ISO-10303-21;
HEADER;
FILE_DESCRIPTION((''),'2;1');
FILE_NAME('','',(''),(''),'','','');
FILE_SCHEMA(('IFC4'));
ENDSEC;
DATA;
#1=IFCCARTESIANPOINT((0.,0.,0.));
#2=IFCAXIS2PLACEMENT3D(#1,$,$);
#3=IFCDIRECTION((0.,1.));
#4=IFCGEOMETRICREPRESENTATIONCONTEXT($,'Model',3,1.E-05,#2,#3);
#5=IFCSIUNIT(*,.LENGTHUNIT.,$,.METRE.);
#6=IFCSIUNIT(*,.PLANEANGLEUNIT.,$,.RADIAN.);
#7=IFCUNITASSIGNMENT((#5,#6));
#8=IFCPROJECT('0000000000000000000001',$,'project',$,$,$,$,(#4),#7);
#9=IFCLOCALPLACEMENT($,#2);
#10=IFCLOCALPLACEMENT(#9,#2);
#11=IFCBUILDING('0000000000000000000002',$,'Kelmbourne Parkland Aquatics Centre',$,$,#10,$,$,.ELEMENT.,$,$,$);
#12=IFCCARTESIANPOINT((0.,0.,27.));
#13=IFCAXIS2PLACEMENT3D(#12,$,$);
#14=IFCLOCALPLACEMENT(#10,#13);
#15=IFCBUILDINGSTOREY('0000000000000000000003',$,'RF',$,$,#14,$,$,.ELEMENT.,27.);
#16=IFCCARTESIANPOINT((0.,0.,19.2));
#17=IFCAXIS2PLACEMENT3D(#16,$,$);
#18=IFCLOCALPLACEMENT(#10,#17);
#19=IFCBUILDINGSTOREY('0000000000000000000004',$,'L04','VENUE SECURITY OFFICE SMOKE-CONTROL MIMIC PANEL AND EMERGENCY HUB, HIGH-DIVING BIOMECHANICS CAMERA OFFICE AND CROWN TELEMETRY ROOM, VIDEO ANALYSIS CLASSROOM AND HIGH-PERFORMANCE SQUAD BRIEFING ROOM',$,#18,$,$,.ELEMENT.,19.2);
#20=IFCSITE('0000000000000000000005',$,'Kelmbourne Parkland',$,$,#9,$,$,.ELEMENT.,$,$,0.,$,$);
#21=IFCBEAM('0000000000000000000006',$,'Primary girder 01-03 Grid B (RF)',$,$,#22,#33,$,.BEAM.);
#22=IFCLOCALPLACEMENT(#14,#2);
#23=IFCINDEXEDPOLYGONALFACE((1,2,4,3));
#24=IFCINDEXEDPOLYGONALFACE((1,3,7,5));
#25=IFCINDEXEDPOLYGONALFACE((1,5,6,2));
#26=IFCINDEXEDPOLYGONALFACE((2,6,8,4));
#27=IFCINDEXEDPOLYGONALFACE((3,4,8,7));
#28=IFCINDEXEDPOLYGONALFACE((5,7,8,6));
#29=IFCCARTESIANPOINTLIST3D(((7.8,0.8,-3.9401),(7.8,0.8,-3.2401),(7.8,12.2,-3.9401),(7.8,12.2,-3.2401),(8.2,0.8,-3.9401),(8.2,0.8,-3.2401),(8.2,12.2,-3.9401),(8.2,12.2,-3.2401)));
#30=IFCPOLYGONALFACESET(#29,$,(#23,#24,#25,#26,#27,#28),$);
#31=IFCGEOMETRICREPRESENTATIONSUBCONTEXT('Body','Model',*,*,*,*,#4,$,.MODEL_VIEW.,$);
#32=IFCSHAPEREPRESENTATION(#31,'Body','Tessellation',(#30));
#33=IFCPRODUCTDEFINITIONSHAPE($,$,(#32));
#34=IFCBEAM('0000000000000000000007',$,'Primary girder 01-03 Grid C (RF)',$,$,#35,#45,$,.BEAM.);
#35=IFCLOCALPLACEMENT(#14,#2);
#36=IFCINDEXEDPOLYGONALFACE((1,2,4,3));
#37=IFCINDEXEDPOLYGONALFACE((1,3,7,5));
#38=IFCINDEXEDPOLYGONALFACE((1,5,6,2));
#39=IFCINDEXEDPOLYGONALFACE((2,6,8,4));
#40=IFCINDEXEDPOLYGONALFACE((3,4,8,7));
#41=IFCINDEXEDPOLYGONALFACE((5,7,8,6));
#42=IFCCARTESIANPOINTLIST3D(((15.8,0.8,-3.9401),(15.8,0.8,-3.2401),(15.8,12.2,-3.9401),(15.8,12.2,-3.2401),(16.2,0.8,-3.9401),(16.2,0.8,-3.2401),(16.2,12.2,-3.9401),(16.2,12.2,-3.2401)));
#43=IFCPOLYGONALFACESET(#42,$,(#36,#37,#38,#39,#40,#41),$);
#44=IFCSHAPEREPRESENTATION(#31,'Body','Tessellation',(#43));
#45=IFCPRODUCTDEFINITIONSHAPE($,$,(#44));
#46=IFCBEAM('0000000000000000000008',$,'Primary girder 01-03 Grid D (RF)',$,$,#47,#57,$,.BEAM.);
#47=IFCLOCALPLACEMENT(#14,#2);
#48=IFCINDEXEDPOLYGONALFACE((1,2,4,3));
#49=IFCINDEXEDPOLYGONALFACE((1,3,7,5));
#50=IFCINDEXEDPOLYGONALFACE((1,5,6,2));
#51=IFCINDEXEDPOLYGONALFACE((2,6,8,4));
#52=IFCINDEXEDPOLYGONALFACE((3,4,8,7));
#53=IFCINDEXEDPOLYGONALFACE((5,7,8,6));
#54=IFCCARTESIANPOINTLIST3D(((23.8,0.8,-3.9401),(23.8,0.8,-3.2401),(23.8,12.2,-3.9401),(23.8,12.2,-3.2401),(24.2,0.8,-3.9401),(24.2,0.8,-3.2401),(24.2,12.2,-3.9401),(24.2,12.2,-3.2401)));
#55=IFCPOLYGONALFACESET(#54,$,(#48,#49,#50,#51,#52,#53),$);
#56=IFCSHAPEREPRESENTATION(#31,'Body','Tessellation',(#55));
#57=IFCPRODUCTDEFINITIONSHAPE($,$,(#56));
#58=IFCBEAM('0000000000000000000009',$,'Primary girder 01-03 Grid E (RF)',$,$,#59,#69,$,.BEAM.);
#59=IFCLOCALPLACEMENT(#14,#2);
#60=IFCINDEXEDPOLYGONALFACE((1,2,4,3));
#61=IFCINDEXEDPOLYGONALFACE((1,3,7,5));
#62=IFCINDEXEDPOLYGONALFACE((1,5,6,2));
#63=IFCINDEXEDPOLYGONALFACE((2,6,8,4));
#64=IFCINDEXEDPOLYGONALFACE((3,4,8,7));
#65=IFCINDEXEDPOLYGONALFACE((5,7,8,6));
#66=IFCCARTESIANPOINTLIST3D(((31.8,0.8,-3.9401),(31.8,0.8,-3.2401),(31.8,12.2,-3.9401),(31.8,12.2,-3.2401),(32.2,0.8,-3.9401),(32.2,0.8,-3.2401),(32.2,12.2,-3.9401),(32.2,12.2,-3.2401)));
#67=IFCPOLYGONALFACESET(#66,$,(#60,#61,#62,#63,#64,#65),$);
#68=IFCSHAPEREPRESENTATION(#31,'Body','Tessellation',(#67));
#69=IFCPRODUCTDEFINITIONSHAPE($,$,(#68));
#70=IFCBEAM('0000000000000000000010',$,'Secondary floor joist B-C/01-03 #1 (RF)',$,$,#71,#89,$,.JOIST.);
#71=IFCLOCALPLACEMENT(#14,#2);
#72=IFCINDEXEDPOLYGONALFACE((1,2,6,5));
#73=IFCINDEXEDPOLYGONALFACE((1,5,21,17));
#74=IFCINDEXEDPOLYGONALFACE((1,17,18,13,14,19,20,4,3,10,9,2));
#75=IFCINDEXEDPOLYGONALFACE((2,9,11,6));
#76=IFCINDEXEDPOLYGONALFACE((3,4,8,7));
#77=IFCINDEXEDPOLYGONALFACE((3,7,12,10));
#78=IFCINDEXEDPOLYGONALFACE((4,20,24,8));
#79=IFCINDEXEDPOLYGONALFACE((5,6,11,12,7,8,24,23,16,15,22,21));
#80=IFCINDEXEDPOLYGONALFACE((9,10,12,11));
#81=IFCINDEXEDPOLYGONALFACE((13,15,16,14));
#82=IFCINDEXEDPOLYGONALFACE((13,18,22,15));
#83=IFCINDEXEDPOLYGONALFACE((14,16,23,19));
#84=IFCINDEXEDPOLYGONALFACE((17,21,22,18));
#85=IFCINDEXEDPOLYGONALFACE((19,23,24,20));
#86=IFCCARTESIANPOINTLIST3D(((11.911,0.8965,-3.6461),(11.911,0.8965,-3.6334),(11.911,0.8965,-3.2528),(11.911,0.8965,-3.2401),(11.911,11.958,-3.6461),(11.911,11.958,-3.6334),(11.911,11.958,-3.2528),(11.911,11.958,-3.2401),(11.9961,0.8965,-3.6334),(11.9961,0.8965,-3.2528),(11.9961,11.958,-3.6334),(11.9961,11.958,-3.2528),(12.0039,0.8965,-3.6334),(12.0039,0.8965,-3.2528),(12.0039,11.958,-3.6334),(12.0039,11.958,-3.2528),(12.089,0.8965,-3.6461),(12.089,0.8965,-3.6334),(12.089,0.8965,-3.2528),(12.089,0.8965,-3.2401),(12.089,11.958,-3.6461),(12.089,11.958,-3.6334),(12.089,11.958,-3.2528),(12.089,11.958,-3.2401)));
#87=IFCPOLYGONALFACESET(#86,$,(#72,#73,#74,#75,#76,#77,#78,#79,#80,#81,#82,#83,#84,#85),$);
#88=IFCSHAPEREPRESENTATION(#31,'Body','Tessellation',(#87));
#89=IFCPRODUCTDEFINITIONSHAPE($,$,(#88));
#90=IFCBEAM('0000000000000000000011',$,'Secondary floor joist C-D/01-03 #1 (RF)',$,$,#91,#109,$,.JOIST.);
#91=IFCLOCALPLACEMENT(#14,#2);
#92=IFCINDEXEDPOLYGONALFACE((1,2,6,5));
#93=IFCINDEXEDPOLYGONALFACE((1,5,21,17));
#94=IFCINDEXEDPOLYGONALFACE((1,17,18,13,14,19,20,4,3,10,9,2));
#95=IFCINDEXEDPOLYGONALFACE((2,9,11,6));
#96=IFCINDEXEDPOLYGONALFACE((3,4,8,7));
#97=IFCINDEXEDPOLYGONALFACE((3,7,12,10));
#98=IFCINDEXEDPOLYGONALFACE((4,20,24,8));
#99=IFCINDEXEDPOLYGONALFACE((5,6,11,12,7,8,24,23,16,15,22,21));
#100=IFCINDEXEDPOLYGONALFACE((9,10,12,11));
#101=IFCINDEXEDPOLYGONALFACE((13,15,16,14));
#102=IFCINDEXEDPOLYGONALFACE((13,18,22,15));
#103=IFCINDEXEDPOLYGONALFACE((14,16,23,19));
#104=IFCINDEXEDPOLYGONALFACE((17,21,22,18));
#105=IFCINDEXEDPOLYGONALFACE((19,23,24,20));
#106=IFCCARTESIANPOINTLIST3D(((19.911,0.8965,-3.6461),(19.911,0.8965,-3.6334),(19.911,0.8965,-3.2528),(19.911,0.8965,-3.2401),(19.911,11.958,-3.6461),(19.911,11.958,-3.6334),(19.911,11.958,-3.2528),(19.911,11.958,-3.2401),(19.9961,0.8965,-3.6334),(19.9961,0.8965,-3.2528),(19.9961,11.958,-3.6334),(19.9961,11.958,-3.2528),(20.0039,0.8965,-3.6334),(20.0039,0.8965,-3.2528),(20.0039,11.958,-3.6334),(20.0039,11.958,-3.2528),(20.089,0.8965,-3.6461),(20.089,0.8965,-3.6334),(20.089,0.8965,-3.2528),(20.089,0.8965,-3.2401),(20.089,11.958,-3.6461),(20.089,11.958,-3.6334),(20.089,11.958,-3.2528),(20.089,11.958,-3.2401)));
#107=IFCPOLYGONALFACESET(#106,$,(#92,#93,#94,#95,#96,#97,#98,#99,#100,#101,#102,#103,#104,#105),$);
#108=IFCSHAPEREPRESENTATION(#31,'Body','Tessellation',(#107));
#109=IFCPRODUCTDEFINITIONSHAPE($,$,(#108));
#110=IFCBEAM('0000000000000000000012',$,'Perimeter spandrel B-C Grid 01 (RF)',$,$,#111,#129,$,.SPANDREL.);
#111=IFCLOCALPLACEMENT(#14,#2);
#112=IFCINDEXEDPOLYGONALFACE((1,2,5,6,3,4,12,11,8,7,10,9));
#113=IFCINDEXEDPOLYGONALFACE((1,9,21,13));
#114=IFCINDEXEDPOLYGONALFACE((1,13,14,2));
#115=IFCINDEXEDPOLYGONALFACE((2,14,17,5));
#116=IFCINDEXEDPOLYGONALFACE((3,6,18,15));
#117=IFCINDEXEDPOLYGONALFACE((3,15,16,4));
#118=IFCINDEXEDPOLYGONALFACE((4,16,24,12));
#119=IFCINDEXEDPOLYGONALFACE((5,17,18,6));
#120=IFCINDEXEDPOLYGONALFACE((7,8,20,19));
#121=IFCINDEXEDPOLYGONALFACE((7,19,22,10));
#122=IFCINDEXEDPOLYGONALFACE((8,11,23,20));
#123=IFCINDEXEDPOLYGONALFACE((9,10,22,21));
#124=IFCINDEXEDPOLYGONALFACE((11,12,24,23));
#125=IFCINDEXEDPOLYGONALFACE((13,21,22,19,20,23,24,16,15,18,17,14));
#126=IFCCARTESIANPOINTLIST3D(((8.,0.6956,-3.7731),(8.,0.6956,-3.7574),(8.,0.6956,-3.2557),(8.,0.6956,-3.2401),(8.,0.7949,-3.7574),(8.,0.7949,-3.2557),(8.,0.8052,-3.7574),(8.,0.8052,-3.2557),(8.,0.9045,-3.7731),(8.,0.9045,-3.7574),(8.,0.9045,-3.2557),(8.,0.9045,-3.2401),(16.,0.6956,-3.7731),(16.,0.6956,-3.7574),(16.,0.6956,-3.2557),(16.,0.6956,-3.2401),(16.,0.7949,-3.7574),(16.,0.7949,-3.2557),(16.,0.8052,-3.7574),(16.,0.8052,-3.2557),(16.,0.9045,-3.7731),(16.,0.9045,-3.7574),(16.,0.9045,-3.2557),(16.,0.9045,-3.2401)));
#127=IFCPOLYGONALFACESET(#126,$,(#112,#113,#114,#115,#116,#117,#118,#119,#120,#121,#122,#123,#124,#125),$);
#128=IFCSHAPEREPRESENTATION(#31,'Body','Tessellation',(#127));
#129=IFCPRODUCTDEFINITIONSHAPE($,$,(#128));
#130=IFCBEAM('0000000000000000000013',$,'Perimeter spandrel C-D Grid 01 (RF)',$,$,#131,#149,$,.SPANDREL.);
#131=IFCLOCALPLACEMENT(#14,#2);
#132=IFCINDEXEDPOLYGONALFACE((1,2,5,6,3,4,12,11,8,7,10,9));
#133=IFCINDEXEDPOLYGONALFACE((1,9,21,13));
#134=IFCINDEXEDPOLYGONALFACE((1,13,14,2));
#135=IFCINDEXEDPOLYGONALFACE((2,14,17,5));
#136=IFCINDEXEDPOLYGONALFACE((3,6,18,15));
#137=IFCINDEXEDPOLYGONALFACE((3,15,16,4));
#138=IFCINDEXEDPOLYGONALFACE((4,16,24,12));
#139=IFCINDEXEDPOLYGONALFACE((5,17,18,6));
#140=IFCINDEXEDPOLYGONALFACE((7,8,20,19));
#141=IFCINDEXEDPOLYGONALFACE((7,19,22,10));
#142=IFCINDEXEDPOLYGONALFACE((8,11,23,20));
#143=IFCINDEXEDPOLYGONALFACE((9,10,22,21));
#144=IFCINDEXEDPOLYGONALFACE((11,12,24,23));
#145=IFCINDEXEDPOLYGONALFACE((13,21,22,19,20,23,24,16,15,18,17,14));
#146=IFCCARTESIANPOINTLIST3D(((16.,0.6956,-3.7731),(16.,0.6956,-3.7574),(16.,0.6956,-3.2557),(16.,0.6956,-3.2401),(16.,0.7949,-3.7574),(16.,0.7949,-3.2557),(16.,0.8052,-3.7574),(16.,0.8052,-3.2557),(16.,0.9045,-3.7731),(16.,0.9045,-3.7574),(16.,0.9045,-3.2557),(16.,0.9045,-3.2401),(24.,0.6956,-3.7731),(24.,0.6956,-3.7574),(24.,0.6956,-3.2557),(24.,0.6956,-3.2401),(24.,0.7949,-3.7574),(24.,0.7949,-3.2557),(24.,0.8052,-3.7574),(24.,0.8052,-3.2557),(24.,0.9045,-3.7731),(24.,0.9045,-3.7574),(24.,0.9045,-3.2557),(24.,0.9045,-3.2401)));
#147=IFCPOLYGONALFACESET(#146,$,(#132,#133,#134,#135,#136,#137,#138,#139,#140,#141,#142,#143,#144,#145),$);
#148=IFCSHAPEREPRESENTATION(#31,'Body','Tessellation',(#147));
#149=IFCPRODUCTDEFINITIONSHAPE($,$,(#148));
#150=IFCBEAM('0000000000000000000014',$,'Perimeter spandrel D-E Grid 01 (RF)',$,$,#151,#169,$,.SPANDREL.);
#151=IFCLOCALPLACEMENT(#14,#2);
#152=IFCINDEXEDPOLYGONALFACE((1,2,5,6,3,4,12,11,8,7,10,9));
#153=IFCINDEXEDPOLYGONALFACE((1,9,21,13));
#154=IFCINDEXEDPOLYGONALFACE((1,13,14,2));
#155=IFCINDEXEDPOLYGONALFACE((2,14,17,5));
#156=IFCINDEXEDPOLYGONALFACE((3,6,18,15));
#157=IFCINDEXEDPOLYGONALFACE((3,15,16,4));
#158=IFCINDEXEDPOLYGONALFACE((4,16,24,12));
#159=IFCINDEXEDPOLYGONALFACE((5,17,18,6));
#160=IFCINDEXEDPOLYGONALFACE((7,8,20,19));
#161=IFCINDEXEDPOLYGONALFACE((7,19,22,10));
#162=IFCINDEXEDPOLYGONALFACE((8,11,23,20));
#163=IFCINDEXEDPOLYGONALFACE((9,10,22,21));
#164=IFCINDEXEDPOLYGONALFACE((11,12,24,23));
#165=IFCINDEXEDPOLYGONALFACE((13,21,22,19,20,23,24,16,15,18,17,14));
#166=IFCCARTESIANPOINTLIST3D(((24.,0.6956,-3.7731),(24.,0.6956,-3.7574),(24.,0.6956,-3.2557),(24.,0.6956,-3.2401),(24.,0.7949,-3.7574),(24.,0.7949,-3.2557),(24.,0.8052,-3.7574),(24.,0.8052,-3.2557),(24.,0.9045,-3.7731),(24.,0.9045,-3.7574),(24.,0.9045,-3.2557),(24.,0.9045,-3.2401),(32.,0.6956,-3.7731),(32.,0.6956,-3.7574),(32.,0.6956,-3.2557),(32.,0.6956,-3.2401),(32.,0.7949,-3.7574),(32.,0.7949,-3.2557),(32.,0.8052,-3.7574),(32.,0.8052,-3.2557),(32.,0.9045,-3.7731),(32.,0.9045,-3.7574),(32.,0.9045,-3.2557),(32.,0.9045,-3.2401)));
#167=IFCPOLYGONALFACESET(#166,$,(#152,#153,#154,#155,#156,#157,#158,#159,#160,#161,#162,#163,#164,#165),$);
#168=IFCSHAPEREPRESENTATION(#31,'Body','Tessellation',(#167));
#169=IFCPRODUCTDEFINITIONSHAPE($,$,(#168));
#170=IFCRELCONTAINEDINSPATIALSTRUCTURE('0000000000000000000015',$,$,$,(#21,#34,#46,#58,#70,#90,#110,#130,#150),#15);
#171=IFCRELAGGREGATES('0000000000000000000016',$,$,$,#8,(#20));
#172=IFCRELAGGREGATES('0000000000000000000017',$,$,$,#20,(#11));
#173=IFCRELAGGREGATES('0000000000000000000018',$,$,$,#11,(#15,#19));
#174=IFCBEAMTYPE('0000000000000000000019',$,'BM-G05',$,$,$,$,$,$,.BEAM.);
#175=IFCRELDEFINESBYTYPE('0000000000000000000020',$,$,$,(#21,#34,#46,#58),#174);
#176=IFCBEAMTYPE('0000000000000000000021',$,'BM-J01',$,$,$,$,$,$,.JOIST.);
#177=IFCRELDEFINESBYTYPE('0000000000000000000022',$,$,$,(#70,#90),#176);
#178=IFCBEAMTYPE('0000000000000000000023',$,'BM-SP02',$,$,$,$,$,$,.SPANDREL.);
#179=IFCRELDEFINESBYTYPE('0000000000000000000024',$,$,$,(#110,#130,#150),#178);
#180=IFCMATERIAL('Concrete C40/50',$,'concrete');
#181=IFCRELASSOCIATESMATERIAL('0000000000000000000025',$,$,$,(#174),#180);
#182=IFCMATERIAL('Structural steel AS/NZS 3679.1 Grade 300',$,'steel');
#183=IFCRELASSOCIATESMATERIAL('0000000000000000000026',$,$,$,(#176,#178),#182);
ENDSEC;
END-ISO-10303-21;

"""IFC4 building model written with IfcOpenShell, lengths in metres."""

from ifc_helpers import new_model, si_unit, direction, frame, origin, origin_2d, place, context, subcontext, project, spatial, rectangle, i_section, extrude, material, material_profile, profile_set, type_object, element, save


model = new_model("IFC4")

# Units and contexts
model_context = context("Model", 3, precision=1e-05, world=origin(), true_north=direction((0.0, 1.0)))
body_context = subcontext(model_context, "Body", "Model", "MODEL_VIEW")
ifc_project = project(units=[si_unit("LENGTHUNIT", "METRE"), si_unit("PLANEANGLEUNIT", "RADIAN")], contexts=[model_context])

# Site, building, storey
site_placement = place(None, origin())
site = spatial("IfcSite", under=ifc_project, at=site_placement, Name="Kelmbourne Parkland", CompositionType="ELEMENT", RefElevation=0.0)
building_placement = place(site_placement, origin())
building = spatial("IfcBuilding", under=site, at=building_placement, Name="Kelmbourne Parkland Aquatics Centre", CompositionType="ELEMENT")
storey_1_placement = place(building_placement, frame((0.0, 0.0, 27.0)))
storey_1 = spatial("IfcBuildingStorey", under=building, at=storey_1_placement, Name="RF", CompositionType="ELEMENT", Elevation=27.0)

# Beams
ifc_material_1 = material(Name="Concrete C40/50", Category="concrete")
ifc_material_profile_1 = material_profile(ifc_material_1, rectangle(XDim=0.3999, YDim=0.7, at=origin_2d()), Name="RC 400x700")
ifc_profile_set_1 = profile_set([ifc_material_profile_1], Name="Concrete C40/50")
beam_type_1 = type_object("IfcBeamType", Name="BM-G05", PredefinedType="BEAM", material=ifc_profile_set_1)
for number, where, z_axis, x_axis, name in (
    (1, (8.0, 0.8, -3.5901), (0.0, 1.0, 0.0), (-1.0, 0.0, 0.0), "Primary girder 01-03 Grid B (RF)"),
    (2, (16.0, 0.8, -3.5901), (0.0, 1.0, 0.0), (-1.0, 0.0, 0.0), "Primary girder 01-03 Grid C (RF)"),
    (3, (24.0, 0.8, -3.5901), (0.0, 1.0, 0.0), (-1.0, 0.0, 0.0), "Primary girder 01-03 Grid D (RF)"),
    (4, (32.0, 0.8, -3.5901), (0.0, 1.0, 0.0), (-1.0, 0.0, 0.0), "Primary girder 01-03 Grid E (RF)"),
):
    element("IfcBeam", number, at=place(storey_1_placement, frame(where, z_axis=z_axis, x_axis=x_axis)), inside=storey_1, type_object=beam_type_1, Name=name, PredefinedType="BEAM", context=body_context, shape_type="SweptSolid", body=[
        extrude(rectangle(XDim=0.3999, YDim=0.7, at=origin_2d()), origin(), (0.0, 0.0, 1.0), 11.3999),
    ])
ifc_material_2 = material(Name="Structural steel AS/NZS 3679.1 Grade 300", Category="steel")
ifc_material_profile_2 = material_profile(ifc_material_2, i_section(OverallWidth=0.178, OverallDepth=0.406, WebThickness=0.0078, FlangeThickness=0.0127, at=origin_2d()), Name="410UB59.7")
ifc_profile_set_2 = profile_set([ifc_material_profile_2], Name="Structural steel AS/NZS 3679.1 Grade 300")
beam_type_2 = type_object("IfcBeamType", Name="BM-J01", PredefinedType="JOIST", material=ifc_profile_set_2)
for number, where, z_axis, x_axis, name in (
    (5, (12.0, 0.8965, -3.4431), (0.0, 1.0, 0.0), (-1.0, 0.0, 0.0), "Secondary floor joist B-C/01-03 #1 (RF)"),
    (6, (20.0, 0.8965, -3.4431), (0.0, 1.0, 0.0), (-1.0, 0.0, 0.0), "Secondary floor joist C-D/01-03 #1 (RF)"),
):
    element("IfcBeam", number, at=place(storey_1_placement, frame(where, z_axis=z_axis, x_axis=x_axis)), inside=storey_1, type_object=beam_type_2, Name=name, PredefinedType="JOIST", context=body_context, shape_type="SweptSolid", body=[
        extrude(i_section(OverallWidth=0.178, OverallDepth=0.406, WebThickness=0.0078, FlangeThickness=0.0127, at=origin_2d()), origin(), (0.0, 0.0, 1.0), 11.0615),
    ])
ifc_material_profile_3 = material_profile(ifc_material_2, i_section(OverallWidth=0.209, OverallDepth=0.533, WebThickness=0.0103, FlangeThickness=0.0156, at=origin_2d()), Name="530UB92.4")
ifc_profile_set_3 = profile_set([ifc_material_profile_3], Name="Structural steel AS/NZS 3679.1 Grade 300")
beam_type_3 = type_object("IfcBeamType", Name="BM-SP02", PredefinedType="SPANDREL", material=ifc_profile_set_3)
for number, where, z_axis, x_axis, name in (
    (7, (8.0, 0.8, -3.5066), (1.0, 0.0, 0.0), (0.0, 1.0, 0.0), "Perimeter spandrel B-C Grid 01 (RF)"),
    (8, (16.0, 0.8, -3.5066), (1.0, 0.0, 0.0), (0.0, 1.0, 0.0), "Perimeter spandrel C-D Grid 01 (RF)"),
    (9, (24.0, 0.8, -3.5066), (1.0, 0.0, 0.0), (0.0, 1.0, 0.0), "Perimeter spandrel D-E Grid 01 (RF)"),
):
    element("IfcBeam", number, at=place(storey_1_placement, frame(where, z_axis=z_axis, x_axis=x_axis)), inside=storey_1, type_object=beam_type_3, Name=name, PredefinedType="SPANDREL", context=body_context, shape_type="SweptSolid", body=[
        extrude(i_section(OverallWidth=0.209, OverallDepth=0.533, WebThickness=0.0103, FlangeThickness=0.0156, at=origin_2d()), origin(), (0.0, 0.0, 1.0), 8.0),
    ])

# Shared definitions
storey_2_placement = place(building_placement, frame((0.0, 0.0, 19.2)))
storey_2 = spatial("IfcBuildingStorey", under=building, at=storey_2_placement, Name="L04", Description="VENUE SECURITY OFFICE SMOKE-CONTROL MIMIC PANEL AND EMERGENCY HUB, HIGH-DIVING BIOMECHANICS CAMERA OFFICE AND CROWN TELEMETRY ROOM, VIDEO ANALYSIS CLASSROOM AND HIGH-PERFORMANCE SQUAD BRIEFING ROOM", CompositionType="ELEMENT", Elevation=19.2)

save(model, "model.ifc")
